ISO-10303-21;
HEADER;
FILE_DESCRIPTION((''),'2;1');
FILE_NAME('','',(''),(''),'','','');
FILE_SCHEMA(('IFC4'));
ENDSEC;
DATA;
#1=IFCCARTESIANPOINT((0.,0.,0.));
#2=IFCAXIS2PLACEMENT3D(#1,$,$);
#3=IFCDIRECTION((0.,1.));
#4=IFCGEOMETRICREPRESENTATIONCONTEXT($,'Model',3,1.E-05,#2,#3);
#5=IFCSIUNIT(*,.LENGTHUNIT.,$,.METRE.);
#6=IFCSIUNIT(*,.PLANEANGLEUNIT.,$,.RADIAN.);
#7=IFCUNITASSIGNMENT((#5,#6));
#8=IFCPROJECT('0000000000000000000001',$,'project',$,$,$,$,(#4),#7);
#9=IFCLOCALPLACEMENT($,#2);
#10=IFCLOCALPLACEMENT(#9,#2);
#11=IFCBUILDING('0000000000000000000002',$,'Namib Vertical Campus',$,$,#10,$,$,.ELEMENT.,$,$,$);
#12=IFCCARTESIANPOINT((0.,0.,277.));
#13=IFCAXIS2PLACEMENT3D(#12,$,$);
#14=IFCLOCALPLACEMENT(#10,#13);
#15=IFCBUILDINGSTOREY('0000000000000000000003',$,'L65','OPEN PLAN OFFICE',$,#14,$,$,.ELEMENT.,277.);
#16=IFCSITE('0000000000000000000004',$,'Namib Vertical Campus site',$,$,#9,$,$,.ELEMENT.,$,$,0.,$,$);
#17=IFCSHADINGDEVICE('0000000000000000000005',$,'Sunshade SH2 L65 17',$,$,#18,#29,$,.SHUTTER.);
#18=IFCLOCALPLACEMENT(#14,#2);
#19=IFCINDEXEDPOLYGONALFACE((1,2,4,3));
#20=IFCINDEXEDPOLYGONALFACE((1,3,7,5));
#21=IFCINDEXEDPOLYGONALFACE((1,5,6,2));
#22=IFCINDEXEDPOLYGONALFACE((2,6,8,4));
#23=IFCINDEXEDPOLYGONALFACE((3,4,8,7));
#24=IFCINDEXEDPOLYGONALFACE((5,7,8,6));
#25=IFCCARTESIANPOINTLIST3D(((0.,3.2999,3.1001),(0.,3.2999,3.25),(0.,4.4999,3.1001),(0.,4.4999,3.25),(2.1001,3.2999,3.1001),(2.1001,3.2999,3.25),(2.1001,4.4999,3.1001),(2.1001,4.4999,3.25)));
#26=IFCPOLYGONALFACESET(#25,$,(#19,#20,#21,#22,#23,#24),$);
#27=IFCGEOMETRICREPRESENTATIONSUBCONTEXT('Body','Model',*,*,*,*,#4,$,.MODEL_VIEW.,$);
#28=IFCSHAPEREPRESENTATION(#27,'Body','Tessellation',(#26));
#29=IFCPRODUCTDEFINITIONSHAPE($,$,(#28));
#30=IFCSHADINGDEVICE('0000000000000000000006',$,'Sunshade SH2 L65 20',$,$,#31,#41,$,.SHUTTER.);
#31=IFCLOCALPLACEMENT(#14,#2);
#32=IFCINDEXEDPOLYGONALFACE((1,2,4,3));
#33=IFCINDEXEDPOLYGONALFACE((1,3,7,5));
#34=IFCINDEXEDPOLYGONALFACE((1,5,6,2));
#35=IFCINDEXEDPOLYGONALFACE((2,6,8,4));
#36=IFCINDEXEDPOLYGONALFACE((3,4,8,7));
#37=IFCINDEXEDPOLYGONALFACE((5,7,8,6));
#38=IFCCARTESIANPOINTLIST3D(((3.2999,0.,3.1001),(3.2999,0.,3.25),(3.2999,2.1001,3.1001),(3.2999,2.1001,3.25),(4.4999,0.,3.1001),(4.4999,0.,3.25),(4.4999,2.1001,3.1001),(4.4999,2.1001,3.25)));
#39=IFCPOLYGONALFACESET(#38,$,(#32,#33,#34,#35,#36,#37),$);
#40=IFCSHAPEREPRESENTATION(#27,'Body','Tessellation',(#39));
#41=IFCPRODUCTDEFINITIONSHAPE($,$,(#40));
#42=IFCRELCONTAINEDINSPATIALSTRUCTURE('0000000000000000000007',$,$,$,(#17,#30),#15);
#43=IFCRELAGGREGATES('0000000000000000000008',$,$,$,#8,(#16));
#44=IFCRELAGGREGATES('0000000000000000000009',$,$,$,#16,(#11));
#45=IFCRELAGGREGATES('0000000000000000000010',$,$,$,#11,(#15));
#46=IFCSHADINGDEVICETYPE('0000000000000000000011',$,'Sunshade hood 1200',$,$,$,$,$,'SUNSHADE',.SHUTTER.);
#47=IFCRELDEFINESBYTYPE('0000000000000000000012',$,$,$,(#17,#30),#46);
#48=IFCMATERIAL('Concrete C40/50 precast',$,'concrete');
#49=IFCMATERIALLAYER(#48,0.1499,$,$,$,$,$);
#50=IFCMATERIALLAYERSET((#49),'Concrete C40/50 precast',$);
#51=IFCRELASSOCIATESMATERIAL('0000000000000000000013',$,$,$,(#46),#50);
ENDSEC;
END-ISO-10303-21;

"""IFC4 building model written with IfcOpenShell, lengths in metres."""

from ifc_helpers import new_model, si_unit, direction, frame, origin, origin_2d, place, context, subcontext, project, spatial, rectangle, extrude, material, layer, layer_set, type_object, element, save


model = new_model("IFC4")

# Units and contexts
model_context = context("Model", 3, precision=1e-05, world=origin(), true_north=direction((0.0, 1.0)))
body_context = subcontext(model_context, "Body", "Model", "MODEL_VIEW")
ifc_project = project(units=[si_unit("LENGTHUNIT", "METRE"), si_unit("PLANEANGLEUNIT", "RADIAN")], contexts=[model_context])

# Site, building, storey
site_placement = place(None, origin())
site = spatial("IfcSite", under=ifc_project, at=site_placement, Name="Namib Vertical Campus site", CompositionType="ELEMENT", RefElevation=0.0)
building_placement = place(site_placement, origin())
building = spatial("IfcBuilding", under=site, at=building_placement, Name="Namib Vertical Campus", CompositionType="ELEMENT")
storey_placement = place(building_placement, frame((0.0, 0.0, 277.0)))
storey = spatial("IfcBuildingStorey", under=building, at=storey_placement, Name="L65", Description="OPEN PLAN OFFICE", CompositionType="ELEMENT", Elevation=277.0)

# Shading devices
ifc_material_1 = material(Name="Concrete C40/50 precast", Category="concrete")
ifc_layer_1 = layer(ifc_material_1, 0.1499)
ifc_layer_set_1 = layer_set([ifc_layer_1], Name="Concrete C40/50 precast")
shading_device_type = type_object("IfcShadingDeviceType", Name="Sunshade hood 1200", ElementType="SUNSHADE", PredefinedType="SHUTTER", material=ifc_layer_set_1)
for number, where, z_axis, x_axis, name in (
    (1, (1.05, 3.8999, 3.1001), (0.0, 0.0, 1.0), (1.0, 0.0, 0.0), "Sunshade SH2 L65 17"),
    (2, (3.8999, 1.05, 3.1001), (0.0, 0.0, 1.0), (0.0, -1.0, 0.0), "Sunshade SH2 L65 20"),
):
    element("IfcShadingDevice", number, at=place(storey_placement, frame(where, z_axis=z_axis, x_axis=x_axis)), inside=storey, type_object=shading_device_type, Name=name, PredefinedType="SHUTTER", context=body_context, shape_type="SweptSolid", body=[
        extrude(rectangle(XDim=2.1001, YDim=1.2, at=origin_2d()), origin(), (0.0, 0.0, 1.0), 0.1499),
    ])

save(model, "model.ifc")
